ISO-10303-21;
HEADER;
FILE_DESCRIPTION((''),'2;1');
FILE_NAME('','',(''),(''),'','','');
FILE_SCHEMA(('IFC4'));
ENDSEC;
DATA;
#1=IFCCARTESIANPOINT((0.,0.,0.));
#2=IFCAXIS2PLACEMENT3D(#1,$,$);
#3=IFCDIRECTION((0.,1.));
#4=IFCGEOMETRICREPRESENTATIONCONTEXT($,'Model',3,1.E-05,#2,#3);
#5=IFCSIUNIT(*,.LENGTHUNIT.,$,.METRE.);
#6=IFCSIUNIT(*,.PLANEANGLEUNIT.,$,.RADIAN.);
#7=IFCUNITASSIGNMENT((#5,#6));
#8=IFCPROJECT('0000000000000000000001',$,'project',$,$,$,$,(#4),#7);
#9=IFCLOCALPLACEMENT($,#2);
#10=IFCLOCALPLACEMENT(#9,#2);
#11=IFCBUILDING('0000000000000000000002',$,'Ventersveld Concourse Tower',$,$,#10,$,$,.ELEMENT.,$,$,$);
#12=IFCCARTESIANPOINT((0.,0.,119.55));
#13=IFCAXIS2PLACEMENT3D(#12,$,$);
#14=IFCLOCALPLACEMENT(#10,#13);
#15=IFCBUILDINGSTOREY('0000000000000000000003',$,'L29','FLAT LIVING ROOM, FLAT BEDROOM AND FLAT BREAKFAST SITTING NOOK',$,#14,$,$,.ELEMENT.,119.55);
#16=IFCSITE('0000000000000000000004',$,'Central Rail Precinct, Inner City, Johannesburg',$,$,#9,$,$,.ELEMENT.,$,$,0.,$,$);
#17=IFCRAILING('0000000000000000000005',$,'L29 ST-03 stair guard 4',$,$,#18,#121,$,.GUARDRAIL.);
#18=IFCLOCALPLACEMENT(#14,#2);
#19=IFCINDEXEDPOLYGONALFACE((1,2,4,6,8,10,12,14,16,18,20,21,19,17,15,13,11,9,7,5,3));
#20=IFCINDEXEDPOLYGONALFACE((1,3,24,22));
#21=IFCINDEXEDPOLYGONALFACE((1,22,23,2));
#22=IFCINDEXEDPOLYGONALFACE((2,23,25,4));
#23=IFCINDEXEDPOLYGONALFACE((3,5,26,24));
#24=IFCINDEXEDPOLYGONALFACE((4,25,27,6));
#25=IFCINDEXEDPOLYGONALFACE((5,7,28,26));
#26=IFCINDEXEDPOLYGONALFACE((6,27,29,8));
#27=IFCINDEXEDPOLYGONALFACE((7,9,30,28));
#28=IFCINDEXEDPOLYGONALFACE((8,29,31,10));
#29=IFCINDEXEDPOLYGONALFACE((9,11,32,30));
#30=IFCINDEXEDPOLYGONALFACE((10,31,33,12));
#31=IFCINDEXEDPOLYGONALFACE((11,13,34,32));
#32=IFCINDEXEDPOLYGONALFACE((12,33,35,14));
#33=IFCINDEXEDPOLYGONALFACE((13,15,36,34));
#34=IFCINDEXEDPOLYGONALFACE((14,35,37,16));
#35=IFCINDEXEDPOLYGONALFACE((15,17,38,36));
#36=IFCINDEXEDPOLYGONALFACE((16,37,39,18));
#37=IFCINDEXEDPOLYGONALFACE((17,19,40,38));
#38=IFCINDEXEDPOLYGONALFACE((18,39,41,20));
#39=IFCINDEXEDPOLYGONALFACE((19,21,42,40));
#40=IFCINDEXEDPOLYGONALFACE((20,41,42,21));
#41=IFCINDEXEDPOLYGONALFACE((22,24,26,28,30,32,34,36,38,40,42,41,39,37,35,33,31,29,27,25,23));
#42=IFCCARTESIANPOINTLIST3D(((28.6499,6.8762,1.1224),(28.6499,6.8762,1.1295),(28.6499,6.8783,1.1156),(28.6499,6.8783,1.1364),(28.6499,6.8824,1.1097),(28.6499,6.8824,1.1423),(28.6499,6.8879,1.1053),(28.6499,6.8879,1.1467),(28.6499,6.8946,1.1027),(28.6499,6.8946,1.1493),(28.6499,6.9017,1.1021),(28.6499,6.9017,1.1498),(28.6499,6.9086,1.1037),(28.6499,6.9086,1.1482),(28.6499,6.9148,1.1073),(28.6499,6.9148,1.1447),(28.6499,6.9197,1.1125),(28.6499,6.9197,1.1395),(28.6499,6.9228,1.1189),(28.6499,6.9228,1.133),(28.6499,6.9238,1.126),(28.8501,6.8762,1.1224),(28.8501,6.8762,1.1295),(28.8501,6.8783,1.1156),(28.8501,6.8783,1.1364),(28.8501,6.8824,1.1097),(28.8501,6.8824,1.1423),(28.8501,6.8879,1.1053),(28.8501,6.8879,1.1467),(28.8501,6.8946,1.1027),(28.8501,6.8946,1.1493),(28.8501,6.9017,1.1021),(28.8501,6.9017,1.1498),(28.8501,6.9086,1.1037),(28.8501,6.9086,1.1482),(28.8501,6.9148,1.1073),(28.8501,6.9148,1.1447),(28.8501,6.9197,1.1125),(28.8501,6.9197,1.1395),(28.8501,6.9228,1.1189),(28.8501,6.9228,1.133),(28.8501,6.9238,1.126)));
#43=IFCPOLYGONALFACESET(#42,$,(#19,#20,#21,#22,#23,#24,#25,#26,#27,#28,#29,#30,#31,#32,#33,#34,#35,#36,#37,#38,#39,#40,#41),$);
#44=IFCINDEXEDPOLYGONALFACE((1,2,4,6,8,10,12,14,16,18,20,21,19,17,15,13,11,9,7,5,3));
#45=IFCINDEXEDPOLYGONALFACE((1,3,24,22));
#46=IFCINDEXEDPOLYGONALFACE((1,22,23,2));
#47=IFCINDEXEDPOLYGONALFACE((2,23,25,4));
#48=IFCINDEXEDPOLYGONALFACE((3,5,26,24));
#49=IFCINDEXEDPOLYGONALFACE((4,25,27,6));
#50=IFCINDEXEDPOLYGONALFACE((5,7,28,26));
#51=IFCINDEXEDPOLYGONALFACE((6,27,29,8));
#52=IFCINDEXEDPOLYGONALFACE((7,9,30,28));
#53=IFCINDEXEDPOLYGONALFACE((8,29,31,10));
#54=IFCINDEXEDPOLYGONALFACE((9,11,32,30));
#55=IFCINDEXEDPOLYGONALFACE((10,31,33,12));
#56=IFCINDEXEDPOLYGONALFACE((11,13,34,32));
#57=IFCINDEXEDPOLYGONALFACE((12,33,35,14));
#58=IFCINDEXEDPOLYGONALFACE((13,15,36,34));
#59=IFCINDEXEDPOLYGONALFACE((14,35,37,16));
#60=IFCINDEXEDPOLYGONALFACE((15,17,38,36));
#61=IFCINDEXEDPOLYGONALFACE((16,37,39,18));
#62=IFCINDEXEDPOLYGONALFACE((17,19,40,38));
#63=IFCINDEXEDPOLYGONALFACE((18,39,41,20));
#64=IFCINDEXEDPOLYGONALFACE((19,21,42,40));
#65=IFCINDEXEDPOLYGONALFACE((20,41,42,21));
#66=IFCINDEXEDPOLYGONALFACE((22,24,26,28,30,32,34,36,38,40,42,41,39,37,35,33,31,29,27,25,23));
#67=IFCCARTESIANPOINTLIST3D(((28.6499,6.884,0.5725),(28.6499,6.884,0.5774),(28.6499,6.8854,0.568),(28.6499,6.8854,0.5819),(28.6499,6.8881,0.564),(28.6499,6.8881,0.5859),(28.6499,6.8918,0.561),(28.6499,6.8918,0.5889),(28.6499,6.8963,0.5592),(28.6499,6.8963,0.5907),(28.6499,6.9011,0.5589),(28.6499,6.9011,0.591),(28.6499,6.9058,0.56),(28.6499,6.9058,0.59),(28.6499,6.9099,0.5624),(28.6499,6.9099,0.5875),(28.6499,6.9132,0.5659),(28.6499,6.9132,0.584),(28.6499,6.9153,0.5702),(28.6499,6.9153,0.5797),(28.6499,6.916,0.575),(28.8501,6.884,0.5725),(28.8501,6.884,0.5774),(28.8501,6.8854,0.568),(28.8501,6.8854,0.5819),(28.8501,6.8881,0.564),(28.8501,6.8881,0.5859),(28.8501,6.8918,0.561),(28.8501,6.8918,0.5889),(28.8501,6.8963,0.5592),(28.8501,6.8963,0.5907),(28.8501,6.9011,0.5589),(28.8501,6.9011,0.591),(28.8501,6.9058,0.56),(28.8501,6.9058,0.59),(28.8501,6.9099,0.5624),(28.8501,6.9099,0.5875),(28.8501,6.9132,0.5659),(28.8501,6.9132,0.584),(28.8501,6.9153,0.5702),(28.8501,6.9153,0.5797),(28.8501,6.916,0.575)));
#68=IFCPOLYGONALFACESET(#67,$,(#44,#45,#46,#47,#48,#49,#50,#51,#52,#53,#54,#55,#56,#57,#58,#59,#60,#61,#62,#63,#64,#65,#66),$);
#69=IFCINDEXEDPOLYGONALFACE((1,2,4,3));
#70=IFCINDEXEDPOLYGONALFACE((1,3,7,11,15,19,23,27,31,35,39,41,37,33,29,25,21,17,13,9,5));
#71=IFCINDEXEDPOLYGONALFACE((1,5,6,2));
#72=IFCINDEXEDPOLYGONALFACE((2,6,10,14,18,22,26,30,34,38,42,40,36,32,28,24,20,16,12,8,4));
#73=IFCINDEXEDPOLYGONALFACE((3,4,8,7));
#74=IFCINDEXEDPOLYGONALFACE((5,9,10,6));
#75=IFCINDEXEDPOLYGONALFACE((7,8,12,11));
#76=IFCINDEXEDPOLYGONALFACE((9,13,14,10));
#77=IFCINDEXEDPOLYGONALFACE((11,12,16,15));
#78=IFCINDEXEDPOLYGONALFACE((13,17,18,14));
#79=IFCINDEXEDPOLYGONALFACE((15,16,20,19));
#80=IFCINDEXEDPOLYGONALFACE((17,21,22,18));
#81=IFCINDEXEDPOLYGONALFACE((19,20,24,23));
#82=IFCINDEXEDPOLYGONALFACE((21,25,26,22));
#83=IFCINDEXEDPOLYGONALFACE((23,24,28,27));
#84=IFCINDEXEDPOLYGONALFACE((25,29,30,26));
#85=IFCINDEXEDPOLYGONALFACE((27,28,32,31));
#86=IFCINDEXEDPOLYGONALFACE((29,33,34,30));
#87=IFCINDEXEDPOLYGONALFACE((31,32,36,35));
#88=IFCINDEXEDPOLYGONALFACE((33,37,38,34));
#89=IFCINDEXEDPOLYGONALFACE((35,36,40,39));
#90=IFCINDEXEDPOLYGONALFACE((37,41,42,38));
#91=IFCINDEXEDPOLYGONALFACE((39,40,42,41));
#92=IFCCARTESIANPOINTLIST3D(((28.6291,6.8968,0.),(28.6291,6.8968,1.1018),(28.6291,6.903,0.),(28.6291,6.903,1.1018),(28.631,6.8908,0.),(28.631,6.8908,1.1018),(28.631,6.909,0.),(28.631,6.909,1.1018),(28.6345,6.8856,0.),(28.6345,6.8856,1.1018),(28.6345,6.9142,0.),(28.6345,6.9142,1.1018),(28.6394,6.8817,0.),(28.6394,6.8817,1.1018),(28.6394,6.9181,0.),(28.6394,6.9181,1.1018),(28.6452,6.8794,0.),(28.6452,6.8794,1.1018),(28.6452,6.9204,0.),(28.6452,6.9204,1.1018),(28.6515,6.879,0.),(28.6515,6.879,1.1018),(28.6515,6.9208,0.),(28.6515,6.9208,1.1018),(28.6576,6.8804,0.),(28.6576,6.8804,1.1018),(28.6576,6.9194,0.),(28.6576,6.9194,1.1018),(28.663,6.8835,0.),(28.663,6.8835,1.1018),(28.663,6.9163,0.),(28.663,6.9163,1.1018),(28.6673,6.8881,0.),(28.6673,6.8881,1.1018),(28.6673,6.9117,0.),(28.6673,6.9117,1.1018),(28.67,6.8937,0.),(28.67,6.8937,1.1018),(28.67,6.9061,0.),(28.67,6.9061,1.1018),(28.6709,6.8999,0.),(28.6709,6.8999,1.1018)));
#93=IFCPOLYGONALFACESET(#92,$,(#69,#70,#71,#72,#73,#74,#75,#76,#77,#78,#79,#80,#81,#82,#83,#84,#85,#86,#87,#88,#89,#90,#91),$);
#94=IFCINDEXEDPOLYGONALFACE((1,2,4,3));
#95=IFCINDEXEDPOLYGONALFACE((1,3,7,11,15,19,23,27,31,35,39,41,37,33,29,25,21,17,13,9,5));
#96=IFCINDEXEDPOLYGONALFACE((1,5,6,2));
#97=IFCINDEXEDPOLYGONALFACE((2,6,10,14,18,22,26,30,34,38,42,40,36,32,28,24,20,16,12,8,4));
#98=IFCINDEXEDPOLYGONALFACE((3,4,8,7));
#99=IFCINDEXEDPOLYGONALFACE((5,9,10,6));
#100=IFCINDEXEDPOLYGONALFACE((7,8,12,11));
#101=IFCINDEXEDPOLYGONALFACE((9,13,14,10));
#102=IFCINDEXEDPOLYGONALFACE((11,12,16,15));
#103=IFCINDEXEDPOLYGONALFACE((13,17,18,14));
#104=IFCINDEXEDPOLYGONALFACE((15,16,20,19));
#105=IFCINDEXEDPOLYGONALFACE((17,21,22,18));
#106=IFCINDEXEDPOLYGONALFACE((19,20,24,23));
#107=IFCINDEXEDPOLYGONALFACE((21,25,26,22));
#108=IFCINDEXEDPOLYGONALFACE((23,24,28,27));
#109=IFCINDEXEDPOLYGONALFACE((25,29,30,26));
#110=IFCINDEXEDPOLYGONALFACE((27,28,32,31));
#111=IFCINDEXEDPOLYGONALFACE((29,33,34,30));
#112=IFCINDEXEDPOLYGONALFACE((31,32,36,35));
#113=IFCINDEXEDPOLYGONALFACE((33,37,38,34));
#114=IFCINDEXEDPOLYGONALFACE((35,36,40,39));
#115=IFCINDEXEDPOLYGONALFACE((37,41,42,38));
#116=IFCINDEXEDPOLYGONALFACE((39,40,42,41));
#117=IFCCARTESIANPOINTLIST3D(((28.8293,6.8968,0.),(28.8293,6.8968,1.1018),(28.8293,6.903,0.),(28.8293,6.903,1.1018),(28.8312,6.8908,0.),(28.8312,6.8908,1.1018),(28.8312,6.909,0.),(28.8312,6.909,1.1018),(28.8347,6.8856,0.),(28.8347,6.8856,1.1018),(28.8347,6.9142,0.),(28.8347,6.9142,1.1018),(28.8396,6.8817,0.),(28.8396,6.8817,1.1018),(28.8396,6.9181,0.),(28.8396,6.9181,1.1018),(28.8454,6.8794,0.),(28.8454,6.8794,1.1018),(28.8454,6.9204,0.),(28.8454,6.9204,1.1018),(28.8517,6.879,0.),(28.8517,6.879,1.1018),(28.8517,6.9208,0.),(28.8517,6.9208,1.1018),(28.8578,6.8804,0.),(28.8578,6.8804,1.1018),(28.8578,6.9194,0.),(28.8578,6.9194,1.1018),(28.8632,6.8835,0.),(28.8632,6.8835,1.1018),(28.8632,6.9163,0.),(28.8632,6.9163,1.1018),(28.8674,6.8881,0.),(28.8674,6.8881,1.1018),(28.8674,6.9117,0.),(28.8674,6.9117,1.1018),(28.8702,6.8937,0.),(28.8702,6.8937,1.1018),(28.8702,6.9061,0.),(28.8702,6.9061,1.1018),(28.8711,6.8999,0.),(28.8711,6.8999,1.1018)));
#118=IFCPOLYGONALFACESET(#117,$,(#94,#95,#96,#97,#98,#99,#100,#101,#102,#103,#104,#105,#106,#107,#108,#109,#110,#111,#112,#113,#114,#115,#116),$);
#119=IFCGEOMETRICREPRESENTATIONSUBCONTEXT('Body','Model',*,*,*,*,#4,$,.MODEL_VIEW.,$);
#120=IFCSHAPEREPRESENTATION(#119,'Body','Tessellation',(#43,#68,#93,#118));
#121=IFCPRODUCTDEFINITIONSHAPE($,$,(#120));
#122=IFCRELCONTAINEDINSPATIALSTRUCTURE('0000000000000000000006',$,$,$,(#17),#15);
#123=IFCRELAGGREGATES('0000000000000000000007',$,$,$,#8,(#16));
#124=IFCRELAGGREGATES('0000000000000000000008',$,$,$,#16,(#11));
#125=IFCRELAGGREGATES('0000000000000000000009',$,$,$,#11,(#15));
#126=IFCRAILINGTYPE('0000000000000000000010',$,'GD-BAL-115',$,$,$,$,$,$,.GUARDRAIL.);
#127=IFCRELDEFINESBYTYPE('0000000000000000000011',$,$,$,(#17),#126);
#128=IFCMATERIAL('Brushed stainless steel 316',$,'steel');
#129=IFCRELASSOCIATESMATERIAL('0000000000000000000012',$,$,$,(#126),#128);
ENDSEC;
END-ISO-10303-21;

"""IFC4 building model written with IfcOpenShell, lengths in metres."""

from ifc_helpers import new_model, si_unit, direction, frame, origin, origin_2d, place, context, subcontext, project, spatial, circle, extrude, material, type_object, element, save


model = new_model("IFC4")

# Units and contexts
model_context = context("Model", 3, precision=1e-05, world=origin(), true_north=direction((0.0, 1.0)))
body_context = subcontext(model_context, "Body", "Model", "MODEL_VIEW")
ifc_project = project(units=[si_unit("LENGTHUNIT", "METRE"), si_unit("PLANEANGLEUNIT", "RADIAN")], contexts=[model_context])

# Site, building, storey
site_placement = place(None, origin())
site = spatial("IfcSite", under=ifc_project, at=site_placement, Name="Central Rail Precinct, Inner City, Johannesburg", CompositionType="ELEMENT", RefElevation=0.0)
building_placement = place(site_placement, origin())
building = spatial("IfcBuilding", under=site, at=building_placement, Name="Ventersveld Concourse Tower", CompositionType="ELEMENT")
storey_placement = place(building_placement, frame((0.0, 0.0, 119.55)))
storey = spatial("IfcBuildingStorey", under=building, at=storey_placement, Name="L29", Description="FLAT LIVING ROOM, FLAT BEDROOM AND FLAT BREAKFAST SITTING NOOK", CompositionType="ELEMENT", Elevation=119.55)

# Shared definitions
ifc_material_1 = material(Name="Brushed stainless steel 316", Category="steel")

# Railing
railing_type = type_object("IfcRailingType", Name="GD-BAL-115", PredefinedType="GUARDRAIL", material=ifc_material_1)
railing_1_placement = place(storey_placement, frame((28.6499, 6.8999, 0.0)))
element("IfcRailing", 1, at=railing_1_placement, inside=storey, type_object=railing_type, Name="L29 ST-03 stair guard 4", PredefinedType="GUARDRAIL", context=body_context, shape_type="SweptSolid", body=[
    extrude(circle(Radius=0.0239, at=origin_2d()), frame((0.0, 0.0, 1.126), z_axis=(1.0, 0.0, 0.0), x_axis=(0.0, 1.0, 0.0)), (0.0, 0.0, 1.0), 0.2002),
    extrude(circle(Radius=0.0161, at=origin_2d()), frame((0.0, 0.0, 0.575), z_axis=(1.0, 0.0, 0.0), x_axis=(0.0, 1.0, 0.0)), (0.0, 0.0, 1.0), 0.2002),
    extrude(circle(Radius=0.021, at=origin_2d()), origin(), (0.0, 0.0, 1.0), 1.1018),
    extrude(circle(Radius=0.021, at=origin_2d()), frame((0.2002, 0.0, 0.0)), (0.0, 0.0, 1.0), 1.1018),
])

save(model, "model.ifc")
